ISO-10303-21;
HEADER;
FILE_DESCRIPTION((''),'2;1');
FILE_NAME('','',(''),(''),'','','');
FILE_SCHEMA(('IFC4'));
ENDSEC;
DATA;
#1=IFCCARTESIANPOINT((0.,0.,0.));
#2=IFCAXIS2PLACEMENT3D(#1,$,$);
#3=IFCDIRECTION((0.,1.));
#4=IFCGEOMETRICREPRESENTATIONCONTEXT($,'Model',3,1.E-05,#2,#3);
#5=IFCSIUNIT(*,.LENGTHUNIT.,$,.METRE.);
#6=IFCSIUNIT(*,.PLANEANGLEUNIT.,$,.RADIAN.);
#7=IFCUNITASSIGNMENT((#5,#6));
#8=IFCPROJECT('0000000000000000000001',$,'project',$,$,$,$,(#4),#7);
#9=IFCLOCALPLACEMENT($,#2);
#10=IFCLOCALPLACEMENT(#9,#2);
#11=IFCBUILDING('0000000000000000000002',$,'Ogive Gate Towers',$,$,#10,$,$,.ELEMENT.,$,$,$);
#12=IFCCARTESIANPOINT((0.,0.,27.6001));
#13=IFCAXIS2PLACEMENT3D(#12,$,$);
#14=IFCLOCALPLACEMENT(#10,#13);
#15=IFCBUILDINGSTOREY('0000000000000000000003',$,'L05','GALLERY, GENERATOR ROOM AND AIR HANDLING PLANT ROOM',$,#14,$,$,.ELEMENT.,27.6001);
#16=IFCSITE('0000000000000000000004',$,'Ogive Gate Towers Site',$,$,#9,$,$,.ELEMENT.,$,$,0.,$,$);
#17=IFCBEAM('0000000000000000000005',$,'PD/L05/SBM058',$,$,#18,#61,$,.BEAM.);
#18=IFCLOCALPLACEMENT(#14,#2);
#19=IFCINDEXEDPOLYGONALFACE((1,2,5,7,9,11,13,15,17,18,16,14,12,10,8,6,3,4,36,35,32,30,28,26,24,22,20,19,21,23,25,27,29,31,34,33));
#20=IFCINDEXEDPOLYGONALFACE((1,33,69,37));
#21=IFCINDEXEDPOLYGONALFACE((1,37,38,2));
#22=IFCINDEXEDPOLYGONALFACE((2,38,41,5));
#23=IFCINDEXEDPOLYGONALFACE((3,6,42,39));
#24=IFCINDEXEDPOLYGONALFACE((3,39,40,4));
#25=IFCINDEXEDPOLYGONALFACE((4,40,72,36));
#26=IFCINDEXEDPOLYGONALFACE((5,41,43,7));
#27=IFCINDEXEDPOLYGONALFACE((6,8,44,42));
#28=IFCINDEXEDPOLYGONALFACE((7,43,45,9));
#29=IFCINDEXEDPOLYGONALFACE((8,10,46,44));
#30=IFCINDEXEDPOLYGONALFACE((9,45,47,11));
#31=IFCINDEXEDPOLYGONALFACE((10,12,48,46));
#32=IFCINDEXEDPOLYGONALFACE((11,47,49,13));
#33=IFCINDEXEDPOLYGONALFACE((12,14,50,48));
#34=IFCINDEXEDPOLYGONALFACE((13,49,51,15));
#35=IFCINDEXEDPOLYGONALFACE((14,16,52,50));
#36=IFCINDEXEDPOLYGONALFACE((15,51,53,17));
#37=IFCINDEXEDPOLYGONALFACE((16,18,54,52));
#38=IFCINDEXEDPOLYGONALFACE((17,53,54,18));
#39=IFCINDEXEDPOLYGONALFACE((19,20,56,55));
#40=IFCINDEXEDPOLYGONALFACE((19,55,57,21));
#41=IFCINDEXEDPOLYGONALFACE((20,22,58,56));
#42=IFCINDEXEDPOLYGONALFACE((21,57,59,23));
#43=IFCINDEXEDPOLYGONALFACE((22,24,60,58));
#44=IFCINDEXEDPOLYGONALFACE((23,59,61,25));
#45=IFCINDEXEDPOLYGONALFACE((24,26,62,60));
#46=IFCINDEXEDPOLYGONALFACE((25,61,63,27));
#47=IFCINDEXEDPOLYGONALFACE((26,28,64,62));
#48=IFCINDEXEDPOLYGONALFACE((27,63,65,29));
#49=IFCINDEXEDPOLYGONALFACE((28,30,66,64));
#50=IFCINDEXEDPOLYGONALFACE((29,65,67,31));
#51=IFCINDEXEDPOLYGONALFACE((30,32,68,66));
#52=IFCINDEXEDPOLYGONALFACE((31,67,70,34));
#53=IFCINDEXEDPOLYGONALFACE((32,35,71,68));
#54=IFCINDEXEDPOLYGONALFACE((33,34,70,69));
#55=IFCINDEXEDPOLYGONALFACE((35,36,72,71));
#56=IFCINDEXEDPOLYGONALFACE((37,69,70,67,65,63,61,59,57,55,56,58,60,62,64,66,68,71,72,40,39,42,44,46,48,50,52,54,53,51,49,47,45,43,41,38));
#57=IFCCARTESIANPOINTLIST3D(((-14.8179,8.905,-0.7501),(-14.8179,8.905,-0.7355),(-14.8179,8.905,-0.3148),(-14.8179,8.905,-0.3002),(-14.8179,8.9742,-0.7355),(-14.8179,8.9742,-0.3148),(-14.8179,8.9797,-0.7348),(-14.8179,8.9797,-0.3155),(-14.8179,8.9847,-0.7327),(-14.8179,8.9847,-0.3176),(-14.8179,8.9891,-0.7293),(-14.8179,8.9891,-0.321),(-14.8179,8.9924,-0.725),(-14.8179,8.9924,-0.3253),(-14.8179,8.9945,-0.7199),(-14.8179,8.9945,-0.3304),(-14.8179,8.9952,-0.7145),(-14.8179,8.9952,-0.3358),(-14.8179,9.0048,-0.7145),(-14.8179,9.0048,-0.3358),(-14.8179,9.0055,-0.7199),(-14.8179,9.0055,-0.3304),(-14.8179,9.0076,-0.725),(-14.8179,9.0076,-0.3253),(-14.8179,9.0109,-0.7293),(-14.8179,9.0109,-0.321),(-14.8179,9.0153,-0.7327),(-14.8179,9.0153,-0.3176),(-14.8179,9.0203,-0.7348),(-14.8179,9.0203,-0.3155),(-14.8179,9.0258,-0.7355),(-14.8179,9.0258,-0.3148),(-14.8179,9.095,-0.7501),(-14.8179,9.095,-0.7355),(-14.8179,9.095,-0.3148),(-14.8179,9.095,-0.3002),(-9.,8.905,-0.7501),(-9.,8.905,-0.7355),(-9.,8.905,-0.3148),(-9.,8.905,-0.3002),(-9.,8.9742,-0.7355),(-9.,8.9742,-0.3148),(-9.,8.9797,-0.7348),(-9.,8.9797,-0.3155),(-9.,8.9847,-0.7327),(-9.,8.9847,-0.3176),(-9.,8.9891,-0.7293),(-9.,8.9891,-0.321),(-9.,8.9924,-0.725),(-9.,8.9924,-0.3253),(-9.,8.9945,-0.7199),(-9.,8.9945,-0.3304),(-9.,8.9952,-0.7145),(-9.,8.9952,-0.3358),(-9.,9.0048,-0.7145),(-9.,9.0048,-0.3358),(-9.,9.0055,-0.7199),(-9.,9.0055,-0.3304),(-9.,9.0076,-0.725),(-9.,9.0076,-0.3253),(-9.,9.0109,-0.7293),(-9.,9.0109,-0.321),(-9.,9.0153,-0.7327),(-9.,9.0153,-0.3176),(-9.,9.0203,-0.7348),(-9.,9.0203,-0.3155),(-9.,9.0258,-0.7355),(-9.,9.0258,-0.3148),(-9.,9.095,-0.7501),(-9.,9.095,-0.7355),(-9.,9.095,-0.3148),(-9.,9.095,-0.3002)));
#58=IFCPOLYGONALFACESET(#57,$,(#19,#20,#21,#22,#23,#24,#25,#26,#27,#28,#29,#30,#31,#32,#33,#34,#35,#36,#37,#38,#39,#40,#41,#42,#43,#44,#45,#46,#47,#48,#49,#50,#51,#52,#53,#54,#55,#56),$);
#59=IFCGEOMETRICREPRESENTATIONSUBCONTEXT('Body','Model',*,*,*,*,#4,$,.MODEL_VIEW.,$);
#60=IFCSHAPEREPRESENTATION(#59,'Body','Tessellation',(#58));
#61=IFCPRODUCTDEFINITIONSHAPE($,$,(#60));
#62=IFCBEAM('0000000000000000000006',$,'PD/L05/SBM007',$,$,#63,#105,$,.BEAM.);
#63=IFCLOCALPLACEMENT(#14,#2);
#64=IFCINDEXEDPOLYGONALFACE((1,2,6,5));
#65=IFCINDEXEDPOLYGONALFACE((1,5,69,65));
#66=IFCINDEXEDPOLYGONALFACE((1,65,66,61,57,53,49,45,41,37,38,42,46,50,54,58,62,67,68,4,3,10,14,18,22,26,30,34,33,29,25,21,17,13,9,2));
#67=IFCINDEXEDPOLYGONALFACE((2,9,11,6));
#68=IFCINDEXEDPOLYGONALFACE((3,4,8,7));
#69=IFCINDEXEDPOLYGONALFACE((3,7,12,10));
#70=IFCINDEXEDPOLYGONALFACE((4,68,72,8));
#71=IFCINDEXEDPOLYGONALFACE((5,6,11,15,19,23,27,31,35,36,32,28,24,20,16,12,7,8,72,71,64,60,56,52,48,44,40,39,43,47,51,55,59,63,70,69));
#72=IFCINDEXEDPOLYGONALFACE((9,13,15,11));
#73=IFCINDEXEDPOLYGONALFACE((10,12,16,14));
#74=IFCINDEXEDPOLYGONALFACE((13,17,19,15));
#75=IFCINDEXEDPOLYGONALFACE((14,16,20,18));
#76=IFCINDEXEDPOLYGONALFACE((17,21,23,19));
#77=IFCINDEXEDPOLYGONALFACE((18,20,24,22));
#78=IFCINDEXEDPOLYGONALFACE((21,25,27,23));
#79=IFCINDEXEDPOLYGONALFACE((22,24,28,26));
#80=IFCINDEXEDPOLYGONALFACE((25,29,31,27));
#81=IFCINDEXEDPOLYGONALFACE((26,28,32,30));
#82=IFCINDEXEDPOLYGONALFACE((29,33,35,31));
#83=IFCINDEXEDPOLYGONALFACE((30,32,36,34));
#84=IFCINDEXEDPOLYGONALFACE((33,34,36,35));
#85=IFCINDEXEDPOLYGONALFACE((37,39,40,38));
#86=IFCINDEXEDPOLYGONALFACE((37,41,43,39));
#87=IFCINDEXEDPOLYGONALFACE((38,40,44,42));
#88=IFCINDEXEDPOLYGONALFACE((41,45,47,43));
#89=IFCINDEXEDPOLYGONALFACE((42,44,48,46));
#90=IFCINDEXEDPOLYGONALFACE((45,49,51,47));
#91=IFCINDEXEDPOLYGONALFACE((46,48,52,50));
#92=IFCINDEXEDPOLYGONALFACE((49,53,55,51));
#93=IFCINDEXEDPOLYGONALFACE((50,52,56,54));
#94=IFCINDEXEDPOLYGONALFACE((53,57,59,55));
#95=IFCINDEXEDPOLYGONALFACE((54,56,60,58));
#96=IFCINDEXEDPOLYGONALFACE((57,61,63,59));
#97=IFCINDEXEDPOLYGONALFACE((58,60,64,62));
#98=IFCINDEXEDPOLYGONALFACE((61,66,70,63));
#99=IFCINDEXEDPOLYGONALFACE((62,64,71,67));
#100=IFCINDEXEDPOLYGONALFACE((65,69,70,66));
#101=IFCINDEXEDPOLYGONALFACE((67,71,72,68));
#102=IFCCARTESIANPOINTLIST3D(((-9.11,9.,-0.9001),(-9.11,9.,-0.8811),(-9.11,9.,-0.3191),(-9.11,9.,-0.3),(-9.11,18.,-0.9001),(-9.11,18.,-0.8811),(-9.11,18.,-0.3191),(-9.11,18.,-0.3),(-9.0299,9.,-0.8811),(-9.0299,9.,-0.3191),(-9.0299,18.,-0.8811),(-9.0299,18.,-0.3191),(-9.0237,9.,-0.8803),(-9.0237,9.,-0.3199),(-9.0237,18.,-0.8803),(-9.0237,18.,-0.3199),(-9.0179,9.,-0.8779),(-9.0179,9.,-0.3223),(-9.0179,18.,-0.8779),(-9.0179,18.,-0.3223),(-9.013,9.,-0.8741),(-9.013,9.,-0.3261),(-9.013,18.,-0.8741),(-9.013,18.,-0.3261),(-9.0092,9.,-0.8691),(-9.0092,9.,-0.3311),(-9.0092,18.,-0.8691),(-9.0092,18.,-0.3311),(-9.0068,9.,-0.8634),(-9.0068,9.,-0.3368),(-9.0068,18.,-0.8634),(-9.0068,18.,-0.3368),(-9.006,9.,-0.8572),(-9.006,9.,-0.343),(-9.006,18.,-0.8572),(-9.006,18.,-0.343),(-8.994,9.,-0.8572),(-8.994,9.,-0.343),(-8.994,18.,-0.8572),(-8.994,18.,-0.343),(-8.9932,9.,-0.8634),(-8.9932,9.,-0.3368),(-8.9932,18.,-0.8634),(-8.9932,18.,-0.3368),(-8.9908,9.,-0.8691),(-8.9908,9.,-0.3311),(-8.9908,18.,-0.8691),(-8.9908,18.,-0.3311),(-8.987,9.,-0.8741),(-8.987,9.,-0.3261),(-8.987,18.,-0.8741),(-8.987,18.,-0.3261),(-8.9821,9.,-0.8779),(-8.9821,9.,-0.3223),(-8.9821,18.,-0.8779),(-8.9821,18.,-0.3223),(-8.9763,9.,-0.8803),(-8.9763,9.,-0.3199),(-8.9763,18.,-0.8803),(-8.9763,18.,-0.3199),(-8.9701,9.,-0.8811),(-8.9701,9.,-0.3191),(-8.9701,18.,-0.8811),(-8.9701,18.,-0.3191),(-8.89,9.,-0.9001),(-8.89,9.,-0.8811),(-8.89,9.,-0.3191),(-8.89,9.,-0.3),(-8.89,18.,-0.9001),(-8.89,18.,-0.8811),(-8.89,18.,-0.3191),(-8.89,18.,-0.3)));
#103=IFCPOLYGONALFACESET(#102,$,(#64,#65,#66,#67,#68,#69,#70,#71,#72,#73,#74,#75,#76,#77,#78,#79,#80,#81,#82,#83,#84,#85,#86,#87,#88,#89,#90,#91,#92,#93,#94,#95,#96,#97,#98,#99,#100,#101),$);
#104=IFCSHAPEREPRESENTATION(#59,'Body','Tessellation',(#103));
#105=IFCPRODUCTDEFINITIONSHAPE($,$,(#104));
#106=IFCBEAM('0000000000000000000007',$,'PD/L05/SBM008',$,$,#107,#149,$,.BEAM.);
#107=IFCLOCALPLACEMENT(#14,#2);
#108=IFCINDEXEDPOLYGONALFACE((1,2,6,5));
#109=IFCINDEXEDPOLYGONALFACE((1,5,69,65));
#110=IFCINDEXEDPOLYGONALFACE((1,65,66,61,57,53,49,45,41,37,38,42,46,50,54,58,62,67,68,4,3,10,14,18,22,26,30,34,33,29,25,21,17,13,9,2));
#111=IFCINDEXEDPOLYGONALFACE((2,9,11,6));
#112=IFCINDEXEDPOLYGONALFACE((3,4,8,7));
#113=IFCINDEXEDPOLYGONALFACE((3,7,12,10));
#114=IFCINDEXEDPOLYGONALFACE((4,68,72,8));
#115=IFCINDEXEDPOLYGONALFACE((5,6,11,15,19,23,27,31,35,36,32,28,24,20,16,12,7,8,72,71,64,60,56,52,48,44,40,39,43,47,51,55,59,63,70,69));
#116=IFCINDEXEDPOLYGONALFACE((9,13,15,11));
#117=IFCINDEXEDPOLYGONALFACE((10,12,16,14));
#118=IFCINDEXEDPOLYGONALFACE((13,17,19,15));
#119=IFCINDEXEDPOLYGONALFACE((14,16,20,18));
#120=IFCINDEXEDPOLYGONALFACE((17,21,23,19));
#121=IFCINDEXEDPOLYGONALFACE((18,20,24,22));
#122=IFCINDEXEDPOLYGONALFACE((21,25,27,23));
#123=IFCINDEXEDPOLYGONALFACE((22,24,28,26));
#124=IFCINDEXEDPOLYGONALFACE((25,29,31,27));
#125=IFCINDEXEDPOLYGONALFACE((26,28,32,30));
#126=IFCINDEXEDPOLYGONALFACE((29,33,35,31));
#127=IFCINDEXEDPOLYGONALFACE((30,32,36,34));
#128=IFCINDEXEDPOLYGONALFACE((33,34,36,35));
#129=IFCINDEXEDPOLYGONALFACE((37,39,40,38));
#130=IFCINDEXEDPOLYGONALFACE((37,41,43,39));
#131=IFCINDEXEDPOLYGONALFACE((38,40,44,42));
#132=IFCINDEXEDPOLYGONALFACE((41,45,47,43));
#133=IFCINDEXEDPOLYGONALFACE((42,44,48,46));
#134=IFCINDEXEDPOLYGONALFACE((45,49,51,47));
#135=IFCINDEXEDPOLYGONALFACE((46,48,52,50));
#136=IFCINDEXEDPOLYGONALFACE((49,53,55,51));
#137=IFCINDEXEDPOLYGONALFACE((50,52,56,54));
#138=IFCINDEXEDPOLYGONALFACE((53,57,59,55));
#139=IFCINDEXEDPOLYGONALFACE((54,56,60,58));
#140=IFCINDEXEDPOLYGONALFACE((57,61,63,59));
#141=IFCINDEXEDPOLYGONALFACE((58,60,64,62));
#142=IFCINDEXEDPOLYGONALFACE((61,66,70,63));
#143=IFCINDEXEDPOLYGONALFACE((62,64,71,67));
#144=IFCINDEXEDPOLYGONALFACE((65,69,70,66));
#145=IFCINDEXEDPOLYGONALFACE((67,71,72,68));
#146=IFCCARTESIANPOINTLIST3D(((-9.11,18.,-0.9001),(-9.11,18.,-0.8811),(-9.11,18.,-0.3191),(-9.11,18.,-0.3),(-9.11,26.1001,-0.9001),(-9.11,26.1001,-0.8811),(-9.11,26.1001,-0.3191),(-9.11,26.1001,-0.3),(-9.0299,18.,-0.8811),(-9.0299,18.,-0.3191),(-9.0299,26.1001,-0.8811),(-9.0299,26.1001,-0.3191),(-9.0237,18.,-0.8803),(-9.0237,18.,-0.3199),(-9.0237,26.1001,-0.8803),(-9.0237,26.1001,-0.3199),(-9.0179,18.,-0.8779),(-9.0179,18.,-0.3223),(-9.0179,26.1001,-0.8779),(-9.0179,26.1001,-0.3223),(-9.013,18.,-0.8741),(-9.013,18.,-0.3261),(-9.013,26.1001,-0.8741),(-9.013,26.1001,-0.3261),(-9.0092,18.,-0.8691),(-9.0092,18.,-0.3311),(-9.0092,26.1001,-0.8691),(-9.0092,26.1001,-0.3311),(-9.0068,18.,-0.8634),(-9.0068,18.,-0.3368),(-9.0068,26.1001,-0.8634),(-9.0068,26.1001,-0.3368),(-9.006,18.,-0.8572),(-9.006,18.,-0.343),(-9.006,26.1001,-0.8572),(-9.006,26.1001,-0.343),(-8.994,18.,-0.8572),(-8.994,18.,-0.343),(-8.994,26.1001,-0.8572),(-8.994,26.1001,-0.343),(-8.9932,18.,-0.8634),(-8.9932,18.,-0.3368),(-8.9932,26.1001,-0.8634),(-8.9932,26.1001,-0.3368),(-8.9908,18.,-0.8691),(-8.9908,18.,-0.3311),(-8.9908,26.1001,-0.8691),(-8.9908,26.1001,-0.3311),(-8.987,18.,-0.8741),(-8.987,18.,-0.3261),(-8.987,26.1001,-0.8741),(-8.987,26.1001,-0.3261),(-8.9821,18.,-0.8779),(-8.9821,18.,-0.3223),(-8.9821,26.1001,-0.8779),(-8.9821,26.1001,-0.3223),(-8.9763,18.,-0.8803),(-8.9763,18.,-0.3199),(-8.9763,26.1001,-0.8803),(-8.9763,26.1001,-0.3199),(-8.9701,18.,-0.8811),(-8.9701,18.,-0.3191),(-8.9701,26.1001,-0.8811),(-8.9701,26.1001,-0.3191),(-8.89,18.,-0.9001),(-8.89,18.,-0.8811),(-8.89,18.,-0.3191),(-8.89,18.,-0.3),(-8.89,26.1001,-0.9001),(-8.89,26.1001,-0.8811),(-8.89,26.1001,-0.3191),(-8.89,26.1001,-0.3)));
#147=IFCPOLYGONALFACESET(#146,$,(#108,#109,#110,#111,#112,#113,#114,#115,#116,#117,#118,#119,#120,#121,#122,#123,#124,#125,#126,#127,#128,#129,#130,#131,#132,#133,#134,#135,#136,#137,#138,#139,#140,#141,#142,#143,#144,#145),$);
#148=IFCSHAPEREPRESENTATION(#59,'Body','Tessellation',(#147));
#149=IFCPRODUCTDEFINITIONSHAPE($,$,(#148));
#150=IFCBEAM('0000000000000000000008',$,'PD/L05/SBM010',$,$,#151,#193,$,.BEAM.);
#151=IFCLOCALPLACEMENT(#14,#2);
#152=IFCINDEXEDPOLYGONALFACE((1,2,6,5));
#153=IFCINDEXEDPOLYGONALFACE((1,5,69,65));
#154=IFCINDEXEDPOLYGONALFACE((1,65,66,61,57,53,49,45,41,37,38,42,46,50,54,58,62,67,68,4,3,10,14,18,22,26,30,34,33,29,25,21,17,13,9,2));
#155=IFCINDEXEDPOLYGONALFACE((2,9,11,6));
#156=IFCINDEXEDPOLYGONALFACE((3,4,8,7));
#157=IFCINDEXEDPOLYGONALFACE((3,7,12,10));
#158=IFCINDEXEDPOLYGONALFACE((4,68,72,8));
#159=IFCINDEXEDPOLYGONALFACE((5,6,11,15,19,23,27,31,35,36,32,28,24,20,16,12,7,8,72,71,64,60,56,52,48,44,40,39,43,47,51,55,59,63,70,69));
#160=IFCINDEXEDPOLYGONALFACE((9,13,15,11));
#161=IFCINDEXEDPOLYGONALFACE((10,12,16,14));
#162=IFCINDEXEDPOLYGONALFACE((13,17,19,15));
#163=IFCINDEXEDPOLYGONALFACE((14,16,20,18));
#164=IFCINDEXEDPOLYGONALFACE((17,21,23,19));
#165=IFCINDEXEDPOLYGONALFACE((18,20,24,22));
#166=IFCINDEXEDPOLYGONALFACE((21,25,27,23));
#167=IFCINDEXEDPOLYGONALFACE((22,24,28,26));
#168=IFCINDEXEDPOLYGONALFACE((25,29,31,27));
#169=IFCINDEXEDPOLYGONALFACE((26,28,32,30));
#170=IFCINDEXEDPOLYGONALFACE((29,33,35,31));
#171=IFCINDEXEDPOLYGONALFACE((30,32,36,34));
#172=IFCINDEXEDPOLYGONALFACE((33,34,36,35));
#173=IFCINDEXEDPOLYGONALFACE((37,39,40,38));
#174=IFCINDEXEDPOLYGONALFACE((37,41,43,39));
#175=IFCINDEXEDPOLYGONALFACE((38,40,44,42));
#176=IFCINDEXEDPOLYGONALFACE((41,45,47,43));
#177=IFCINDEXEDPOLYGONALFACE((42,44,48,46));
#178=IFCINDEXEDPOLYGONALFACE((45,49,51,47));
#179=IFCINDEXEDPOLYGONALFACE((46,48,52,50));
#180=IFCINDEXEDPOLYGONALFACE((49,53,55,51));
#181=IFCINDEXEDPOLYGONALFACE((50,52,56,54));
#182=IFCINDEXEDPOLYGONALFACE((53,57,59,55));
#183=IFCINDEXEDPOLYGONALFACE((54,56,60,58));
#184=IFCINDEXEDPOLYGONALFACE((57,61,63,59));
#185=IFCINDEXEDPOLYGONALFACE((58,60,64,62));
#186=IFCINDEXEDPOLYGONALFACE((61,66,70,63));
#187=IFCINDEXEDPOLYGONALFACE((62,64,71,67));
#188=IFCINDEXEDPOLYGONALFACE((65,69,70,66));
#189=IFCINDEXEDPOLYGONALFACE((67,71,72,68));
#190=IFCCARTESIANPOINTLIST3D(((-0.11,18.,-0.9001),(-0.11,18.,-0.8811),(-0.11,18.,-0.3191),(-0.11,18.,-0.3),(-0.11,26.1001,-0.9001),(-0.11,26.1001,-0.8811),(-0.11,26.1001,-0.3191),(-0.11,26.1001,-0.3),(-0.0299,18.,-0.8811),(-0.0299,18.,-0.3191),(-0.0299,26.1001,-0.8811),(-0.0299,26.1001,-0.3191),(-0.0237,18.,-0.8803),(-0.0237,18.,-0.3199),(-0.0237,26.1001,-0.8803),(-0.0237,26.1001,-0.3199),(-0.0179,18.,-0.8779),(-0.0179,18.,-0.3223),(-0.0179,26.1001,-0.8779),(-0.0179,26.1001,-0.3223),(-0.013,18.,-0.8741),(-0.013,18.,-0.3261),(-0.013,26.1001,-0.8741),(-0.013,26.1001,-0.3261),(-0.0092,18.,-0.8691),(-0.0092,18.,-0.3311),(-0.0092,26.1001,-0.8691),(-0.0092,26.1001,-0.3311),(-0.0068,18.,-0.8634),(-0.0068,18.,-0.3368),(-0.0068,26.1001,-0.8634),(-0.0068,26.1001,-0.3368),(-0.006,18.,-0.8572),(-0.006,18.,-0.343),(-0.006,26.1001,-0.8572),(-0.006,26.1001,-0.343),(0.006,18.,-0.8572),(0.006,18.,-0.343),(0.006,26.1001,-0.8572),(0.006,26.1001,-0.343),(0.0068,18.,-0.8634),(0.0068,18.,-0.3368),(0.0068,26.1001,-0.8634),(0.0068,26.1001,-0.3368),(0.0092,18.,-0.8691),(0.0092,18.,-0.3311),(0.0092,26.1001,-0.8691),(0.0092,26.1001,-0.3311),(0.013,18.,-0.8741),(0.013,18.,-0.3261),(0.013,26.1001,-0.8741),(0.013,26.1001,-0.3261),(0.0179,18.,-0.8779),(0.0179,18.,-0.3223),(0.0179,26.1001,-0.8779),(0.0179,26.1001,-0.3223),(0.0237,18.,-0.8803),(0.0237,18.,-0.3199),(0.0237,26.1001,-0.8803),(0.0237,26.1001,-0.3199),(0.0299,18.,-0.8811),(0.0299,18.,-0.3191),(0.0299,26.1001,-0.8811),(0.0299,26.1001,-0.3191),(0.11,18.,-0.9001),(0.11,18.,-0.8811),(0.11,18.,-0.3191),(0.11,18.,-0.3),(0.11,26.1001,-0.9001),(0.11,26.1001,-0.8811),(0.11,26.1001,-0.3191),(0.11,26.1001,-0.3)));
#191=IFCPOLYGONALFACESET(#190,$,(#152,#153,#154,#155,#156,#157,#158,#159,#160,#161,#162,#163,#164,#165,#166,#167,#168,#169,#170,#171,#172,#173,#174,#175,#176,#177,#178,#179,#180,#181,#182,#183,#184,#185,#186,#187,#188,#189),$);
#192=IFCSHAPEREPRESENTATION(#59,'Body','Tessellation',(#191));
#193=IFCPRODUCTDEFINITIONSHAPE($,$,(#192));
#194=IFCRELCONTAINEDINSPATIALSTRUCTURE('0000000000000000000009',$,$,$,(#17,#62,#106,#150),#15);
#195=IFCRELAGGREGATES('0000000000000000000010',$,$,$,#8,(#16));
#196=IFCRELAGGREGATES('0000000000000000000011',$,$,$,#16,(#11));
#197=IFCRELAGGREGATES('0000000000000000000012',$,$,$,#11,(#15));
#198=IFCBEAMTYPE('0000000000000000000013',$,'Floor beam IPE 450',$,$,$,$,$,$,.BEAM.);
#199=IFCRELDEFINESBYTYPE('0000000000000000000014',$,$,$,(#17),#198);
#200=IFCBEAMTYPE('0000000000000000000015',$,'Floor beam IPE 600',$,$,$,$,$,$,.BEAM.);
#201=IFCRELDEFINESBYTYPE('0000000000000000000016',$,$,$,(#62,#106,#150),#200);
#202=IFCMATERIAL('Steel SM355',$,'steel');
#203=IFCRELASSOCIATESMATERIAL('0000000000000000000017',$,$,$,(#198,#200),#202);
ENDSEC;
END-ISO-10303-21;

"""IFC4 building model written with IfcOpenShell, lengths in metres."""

from ifc_helpers import new_model, si_unit, direction, frame, origin, origin_2d, place, context, subcontext, project, spatial, i_section, extrude, material, material_profile, profile_set, type_object, element, save


model = new_model("IFC4")

# Units and contexts
model_context = context("Model", 3, precision=1e-05, world=origin(), true_north=direction((0.0, 1.0)))
body_context = subcontext(model_context, "Body", "Model", "MODEL_VIEW")
ifc_project = project(units=[si_unit("LENGTHUNIT", "METRE"), si_unit("PLANEANGLEUNIT", "RADIAN")], contexts=[model_context])

# Site, building, storey
site_placement = place(None, origin())
site = spatial("IfcSite", under=ifc_project, at=site_placement, Name="Ogive Gate Towers Site", CompositionType="ELEMENT", RefElevation=0.0)
building_placement = place(site_placement, origin())
building = spatial("IfcBuilding", under=site, at=building_placement, Name="Ogive Gate Towers", CompositionType="ELEMENT")
storey_placement = place(building_placement, frame((0.0, 0.0, 27.6001)))
storey = spatial("IfcBuildingStorey", under=building, at=storey_placement, Name="L05", Description="GALLERY, GENERATOR ROOM AND AIR HANDLING PLANT ROOM", CompositionType="ELEMENT", Elevation=27.6001)

# Beams
ifc_material_1 = material(Name="Steel SM355", Category="steel")
ifc_material_profile_1 = material_profile(ifc_material_1, i_section(OverallWidth=0.1899, OverallDepth=0.45, WebThickness=0.0095, FlangeThickness=0.0146, FilletRadius=0.021, at=origin_2d()), Name="IPE 450")
ifc_profile_set_1 = profile_set([ifc_material_profile_1], Name="Steel SM355")
beam_type_1 = type_object("IfcBeamType", Name="Floor beam IPE 450", PredefinedType="BEAM", material=ifc_profile_set_1)
beam_1_placement = place(storey_placement, frame((-9.0, 9.0, -0.5251), z_axis=(-1.0, 0.0, 0.0), x_axis=(0.0, -1.0, 0.0)))
element("IfcBeam", 1, at=beam_1_placement, inside=storey, type_object=beam_type_1, Name="PD/L05/SBM058", PredefinedType="BEAM", context=body_context, shape_type="SweptSolid", body=[
    extrude(i_section(OverallWidth=0.1899, OverallDepth=0.45, WebThickness=0.0095, FlangeThickness=0.0146, FilletRadius=0.021, at=origin_2d()), origin(), (0.0, 0.0, 1.0), 5.8179),
])
ifc_material_profile_2 = material_profile(ifc_material_1, i_section(OverallWidth=0.22, OverallDepth=0.6001, WebThickness=0.012, FlangeThickness=0.019, FilletRadius=0.0239, at=origin_2d()), Name="IPE 600")
ifc_profile_set_2 = profile_set([ifc_material_profile_2], Name="Steel SM355")
beam_type_2 = type_object("IfcBeamType", Name="Floor beam IPE 600", PredefinedType="BEAM", material=ifc_profile_set_2)
beam_2_placement = place(storey_placement, frame((-9.0, 9.0, -0.6001), z_axis=(0.0, 1.0, 0.0), x_axis=(-1.0, 0.0, 0.0)))
element("IfcBeam", 2, at=beam_2_placement, inside=storey, type_object=beam_type_2, Name="PD/L05/SBM007", PredefinedType="BEAM", context=body_context, shape_type="SweptSolid", body=[
    extrude(i_section(OverallWidth=0.22, OverallDepth=0.6001, WebThickness=0.012, FlangeThickness=0.019, FilletRadius=0.0239, at=origin_2d()), origin(), (0.0, 0.0, 1.0), 9.0),
])
for number, where, z_axis, x_axis, name in (
    (3, (-9.0, 18.0, -0.6001), (0.0, 1.0, 0.0), (-1.0, 0.0, 0.0), "PD/L05/SBM008"),
    (4, (0.0, 18.0, -0.6001), (0.0, 1.0, 0.0), (-1.0, 0.0, 0.0), "PD/L05/SBM010"),
):
    element("IfcBeam", number, at=place(storey_placement, frame(where, z_axis=z_axis, x_axis=x_axis)), inside=storey, type_object=beam_type_2, Name=name, PredefinedType="BEAM", context=body_context, shape_type="SweptSolid", body=[
        extrude(i_section(OverallWidth=0.22, OverallDepth=0.6001, WebThickness=0.012, FlangeThickness=0.019, FilletRadius=0.0239, at=origin_2d()), origin(), (0.0, 0.0, 1.0), 8.1001),
    ])

save(model, "model.ifc")
